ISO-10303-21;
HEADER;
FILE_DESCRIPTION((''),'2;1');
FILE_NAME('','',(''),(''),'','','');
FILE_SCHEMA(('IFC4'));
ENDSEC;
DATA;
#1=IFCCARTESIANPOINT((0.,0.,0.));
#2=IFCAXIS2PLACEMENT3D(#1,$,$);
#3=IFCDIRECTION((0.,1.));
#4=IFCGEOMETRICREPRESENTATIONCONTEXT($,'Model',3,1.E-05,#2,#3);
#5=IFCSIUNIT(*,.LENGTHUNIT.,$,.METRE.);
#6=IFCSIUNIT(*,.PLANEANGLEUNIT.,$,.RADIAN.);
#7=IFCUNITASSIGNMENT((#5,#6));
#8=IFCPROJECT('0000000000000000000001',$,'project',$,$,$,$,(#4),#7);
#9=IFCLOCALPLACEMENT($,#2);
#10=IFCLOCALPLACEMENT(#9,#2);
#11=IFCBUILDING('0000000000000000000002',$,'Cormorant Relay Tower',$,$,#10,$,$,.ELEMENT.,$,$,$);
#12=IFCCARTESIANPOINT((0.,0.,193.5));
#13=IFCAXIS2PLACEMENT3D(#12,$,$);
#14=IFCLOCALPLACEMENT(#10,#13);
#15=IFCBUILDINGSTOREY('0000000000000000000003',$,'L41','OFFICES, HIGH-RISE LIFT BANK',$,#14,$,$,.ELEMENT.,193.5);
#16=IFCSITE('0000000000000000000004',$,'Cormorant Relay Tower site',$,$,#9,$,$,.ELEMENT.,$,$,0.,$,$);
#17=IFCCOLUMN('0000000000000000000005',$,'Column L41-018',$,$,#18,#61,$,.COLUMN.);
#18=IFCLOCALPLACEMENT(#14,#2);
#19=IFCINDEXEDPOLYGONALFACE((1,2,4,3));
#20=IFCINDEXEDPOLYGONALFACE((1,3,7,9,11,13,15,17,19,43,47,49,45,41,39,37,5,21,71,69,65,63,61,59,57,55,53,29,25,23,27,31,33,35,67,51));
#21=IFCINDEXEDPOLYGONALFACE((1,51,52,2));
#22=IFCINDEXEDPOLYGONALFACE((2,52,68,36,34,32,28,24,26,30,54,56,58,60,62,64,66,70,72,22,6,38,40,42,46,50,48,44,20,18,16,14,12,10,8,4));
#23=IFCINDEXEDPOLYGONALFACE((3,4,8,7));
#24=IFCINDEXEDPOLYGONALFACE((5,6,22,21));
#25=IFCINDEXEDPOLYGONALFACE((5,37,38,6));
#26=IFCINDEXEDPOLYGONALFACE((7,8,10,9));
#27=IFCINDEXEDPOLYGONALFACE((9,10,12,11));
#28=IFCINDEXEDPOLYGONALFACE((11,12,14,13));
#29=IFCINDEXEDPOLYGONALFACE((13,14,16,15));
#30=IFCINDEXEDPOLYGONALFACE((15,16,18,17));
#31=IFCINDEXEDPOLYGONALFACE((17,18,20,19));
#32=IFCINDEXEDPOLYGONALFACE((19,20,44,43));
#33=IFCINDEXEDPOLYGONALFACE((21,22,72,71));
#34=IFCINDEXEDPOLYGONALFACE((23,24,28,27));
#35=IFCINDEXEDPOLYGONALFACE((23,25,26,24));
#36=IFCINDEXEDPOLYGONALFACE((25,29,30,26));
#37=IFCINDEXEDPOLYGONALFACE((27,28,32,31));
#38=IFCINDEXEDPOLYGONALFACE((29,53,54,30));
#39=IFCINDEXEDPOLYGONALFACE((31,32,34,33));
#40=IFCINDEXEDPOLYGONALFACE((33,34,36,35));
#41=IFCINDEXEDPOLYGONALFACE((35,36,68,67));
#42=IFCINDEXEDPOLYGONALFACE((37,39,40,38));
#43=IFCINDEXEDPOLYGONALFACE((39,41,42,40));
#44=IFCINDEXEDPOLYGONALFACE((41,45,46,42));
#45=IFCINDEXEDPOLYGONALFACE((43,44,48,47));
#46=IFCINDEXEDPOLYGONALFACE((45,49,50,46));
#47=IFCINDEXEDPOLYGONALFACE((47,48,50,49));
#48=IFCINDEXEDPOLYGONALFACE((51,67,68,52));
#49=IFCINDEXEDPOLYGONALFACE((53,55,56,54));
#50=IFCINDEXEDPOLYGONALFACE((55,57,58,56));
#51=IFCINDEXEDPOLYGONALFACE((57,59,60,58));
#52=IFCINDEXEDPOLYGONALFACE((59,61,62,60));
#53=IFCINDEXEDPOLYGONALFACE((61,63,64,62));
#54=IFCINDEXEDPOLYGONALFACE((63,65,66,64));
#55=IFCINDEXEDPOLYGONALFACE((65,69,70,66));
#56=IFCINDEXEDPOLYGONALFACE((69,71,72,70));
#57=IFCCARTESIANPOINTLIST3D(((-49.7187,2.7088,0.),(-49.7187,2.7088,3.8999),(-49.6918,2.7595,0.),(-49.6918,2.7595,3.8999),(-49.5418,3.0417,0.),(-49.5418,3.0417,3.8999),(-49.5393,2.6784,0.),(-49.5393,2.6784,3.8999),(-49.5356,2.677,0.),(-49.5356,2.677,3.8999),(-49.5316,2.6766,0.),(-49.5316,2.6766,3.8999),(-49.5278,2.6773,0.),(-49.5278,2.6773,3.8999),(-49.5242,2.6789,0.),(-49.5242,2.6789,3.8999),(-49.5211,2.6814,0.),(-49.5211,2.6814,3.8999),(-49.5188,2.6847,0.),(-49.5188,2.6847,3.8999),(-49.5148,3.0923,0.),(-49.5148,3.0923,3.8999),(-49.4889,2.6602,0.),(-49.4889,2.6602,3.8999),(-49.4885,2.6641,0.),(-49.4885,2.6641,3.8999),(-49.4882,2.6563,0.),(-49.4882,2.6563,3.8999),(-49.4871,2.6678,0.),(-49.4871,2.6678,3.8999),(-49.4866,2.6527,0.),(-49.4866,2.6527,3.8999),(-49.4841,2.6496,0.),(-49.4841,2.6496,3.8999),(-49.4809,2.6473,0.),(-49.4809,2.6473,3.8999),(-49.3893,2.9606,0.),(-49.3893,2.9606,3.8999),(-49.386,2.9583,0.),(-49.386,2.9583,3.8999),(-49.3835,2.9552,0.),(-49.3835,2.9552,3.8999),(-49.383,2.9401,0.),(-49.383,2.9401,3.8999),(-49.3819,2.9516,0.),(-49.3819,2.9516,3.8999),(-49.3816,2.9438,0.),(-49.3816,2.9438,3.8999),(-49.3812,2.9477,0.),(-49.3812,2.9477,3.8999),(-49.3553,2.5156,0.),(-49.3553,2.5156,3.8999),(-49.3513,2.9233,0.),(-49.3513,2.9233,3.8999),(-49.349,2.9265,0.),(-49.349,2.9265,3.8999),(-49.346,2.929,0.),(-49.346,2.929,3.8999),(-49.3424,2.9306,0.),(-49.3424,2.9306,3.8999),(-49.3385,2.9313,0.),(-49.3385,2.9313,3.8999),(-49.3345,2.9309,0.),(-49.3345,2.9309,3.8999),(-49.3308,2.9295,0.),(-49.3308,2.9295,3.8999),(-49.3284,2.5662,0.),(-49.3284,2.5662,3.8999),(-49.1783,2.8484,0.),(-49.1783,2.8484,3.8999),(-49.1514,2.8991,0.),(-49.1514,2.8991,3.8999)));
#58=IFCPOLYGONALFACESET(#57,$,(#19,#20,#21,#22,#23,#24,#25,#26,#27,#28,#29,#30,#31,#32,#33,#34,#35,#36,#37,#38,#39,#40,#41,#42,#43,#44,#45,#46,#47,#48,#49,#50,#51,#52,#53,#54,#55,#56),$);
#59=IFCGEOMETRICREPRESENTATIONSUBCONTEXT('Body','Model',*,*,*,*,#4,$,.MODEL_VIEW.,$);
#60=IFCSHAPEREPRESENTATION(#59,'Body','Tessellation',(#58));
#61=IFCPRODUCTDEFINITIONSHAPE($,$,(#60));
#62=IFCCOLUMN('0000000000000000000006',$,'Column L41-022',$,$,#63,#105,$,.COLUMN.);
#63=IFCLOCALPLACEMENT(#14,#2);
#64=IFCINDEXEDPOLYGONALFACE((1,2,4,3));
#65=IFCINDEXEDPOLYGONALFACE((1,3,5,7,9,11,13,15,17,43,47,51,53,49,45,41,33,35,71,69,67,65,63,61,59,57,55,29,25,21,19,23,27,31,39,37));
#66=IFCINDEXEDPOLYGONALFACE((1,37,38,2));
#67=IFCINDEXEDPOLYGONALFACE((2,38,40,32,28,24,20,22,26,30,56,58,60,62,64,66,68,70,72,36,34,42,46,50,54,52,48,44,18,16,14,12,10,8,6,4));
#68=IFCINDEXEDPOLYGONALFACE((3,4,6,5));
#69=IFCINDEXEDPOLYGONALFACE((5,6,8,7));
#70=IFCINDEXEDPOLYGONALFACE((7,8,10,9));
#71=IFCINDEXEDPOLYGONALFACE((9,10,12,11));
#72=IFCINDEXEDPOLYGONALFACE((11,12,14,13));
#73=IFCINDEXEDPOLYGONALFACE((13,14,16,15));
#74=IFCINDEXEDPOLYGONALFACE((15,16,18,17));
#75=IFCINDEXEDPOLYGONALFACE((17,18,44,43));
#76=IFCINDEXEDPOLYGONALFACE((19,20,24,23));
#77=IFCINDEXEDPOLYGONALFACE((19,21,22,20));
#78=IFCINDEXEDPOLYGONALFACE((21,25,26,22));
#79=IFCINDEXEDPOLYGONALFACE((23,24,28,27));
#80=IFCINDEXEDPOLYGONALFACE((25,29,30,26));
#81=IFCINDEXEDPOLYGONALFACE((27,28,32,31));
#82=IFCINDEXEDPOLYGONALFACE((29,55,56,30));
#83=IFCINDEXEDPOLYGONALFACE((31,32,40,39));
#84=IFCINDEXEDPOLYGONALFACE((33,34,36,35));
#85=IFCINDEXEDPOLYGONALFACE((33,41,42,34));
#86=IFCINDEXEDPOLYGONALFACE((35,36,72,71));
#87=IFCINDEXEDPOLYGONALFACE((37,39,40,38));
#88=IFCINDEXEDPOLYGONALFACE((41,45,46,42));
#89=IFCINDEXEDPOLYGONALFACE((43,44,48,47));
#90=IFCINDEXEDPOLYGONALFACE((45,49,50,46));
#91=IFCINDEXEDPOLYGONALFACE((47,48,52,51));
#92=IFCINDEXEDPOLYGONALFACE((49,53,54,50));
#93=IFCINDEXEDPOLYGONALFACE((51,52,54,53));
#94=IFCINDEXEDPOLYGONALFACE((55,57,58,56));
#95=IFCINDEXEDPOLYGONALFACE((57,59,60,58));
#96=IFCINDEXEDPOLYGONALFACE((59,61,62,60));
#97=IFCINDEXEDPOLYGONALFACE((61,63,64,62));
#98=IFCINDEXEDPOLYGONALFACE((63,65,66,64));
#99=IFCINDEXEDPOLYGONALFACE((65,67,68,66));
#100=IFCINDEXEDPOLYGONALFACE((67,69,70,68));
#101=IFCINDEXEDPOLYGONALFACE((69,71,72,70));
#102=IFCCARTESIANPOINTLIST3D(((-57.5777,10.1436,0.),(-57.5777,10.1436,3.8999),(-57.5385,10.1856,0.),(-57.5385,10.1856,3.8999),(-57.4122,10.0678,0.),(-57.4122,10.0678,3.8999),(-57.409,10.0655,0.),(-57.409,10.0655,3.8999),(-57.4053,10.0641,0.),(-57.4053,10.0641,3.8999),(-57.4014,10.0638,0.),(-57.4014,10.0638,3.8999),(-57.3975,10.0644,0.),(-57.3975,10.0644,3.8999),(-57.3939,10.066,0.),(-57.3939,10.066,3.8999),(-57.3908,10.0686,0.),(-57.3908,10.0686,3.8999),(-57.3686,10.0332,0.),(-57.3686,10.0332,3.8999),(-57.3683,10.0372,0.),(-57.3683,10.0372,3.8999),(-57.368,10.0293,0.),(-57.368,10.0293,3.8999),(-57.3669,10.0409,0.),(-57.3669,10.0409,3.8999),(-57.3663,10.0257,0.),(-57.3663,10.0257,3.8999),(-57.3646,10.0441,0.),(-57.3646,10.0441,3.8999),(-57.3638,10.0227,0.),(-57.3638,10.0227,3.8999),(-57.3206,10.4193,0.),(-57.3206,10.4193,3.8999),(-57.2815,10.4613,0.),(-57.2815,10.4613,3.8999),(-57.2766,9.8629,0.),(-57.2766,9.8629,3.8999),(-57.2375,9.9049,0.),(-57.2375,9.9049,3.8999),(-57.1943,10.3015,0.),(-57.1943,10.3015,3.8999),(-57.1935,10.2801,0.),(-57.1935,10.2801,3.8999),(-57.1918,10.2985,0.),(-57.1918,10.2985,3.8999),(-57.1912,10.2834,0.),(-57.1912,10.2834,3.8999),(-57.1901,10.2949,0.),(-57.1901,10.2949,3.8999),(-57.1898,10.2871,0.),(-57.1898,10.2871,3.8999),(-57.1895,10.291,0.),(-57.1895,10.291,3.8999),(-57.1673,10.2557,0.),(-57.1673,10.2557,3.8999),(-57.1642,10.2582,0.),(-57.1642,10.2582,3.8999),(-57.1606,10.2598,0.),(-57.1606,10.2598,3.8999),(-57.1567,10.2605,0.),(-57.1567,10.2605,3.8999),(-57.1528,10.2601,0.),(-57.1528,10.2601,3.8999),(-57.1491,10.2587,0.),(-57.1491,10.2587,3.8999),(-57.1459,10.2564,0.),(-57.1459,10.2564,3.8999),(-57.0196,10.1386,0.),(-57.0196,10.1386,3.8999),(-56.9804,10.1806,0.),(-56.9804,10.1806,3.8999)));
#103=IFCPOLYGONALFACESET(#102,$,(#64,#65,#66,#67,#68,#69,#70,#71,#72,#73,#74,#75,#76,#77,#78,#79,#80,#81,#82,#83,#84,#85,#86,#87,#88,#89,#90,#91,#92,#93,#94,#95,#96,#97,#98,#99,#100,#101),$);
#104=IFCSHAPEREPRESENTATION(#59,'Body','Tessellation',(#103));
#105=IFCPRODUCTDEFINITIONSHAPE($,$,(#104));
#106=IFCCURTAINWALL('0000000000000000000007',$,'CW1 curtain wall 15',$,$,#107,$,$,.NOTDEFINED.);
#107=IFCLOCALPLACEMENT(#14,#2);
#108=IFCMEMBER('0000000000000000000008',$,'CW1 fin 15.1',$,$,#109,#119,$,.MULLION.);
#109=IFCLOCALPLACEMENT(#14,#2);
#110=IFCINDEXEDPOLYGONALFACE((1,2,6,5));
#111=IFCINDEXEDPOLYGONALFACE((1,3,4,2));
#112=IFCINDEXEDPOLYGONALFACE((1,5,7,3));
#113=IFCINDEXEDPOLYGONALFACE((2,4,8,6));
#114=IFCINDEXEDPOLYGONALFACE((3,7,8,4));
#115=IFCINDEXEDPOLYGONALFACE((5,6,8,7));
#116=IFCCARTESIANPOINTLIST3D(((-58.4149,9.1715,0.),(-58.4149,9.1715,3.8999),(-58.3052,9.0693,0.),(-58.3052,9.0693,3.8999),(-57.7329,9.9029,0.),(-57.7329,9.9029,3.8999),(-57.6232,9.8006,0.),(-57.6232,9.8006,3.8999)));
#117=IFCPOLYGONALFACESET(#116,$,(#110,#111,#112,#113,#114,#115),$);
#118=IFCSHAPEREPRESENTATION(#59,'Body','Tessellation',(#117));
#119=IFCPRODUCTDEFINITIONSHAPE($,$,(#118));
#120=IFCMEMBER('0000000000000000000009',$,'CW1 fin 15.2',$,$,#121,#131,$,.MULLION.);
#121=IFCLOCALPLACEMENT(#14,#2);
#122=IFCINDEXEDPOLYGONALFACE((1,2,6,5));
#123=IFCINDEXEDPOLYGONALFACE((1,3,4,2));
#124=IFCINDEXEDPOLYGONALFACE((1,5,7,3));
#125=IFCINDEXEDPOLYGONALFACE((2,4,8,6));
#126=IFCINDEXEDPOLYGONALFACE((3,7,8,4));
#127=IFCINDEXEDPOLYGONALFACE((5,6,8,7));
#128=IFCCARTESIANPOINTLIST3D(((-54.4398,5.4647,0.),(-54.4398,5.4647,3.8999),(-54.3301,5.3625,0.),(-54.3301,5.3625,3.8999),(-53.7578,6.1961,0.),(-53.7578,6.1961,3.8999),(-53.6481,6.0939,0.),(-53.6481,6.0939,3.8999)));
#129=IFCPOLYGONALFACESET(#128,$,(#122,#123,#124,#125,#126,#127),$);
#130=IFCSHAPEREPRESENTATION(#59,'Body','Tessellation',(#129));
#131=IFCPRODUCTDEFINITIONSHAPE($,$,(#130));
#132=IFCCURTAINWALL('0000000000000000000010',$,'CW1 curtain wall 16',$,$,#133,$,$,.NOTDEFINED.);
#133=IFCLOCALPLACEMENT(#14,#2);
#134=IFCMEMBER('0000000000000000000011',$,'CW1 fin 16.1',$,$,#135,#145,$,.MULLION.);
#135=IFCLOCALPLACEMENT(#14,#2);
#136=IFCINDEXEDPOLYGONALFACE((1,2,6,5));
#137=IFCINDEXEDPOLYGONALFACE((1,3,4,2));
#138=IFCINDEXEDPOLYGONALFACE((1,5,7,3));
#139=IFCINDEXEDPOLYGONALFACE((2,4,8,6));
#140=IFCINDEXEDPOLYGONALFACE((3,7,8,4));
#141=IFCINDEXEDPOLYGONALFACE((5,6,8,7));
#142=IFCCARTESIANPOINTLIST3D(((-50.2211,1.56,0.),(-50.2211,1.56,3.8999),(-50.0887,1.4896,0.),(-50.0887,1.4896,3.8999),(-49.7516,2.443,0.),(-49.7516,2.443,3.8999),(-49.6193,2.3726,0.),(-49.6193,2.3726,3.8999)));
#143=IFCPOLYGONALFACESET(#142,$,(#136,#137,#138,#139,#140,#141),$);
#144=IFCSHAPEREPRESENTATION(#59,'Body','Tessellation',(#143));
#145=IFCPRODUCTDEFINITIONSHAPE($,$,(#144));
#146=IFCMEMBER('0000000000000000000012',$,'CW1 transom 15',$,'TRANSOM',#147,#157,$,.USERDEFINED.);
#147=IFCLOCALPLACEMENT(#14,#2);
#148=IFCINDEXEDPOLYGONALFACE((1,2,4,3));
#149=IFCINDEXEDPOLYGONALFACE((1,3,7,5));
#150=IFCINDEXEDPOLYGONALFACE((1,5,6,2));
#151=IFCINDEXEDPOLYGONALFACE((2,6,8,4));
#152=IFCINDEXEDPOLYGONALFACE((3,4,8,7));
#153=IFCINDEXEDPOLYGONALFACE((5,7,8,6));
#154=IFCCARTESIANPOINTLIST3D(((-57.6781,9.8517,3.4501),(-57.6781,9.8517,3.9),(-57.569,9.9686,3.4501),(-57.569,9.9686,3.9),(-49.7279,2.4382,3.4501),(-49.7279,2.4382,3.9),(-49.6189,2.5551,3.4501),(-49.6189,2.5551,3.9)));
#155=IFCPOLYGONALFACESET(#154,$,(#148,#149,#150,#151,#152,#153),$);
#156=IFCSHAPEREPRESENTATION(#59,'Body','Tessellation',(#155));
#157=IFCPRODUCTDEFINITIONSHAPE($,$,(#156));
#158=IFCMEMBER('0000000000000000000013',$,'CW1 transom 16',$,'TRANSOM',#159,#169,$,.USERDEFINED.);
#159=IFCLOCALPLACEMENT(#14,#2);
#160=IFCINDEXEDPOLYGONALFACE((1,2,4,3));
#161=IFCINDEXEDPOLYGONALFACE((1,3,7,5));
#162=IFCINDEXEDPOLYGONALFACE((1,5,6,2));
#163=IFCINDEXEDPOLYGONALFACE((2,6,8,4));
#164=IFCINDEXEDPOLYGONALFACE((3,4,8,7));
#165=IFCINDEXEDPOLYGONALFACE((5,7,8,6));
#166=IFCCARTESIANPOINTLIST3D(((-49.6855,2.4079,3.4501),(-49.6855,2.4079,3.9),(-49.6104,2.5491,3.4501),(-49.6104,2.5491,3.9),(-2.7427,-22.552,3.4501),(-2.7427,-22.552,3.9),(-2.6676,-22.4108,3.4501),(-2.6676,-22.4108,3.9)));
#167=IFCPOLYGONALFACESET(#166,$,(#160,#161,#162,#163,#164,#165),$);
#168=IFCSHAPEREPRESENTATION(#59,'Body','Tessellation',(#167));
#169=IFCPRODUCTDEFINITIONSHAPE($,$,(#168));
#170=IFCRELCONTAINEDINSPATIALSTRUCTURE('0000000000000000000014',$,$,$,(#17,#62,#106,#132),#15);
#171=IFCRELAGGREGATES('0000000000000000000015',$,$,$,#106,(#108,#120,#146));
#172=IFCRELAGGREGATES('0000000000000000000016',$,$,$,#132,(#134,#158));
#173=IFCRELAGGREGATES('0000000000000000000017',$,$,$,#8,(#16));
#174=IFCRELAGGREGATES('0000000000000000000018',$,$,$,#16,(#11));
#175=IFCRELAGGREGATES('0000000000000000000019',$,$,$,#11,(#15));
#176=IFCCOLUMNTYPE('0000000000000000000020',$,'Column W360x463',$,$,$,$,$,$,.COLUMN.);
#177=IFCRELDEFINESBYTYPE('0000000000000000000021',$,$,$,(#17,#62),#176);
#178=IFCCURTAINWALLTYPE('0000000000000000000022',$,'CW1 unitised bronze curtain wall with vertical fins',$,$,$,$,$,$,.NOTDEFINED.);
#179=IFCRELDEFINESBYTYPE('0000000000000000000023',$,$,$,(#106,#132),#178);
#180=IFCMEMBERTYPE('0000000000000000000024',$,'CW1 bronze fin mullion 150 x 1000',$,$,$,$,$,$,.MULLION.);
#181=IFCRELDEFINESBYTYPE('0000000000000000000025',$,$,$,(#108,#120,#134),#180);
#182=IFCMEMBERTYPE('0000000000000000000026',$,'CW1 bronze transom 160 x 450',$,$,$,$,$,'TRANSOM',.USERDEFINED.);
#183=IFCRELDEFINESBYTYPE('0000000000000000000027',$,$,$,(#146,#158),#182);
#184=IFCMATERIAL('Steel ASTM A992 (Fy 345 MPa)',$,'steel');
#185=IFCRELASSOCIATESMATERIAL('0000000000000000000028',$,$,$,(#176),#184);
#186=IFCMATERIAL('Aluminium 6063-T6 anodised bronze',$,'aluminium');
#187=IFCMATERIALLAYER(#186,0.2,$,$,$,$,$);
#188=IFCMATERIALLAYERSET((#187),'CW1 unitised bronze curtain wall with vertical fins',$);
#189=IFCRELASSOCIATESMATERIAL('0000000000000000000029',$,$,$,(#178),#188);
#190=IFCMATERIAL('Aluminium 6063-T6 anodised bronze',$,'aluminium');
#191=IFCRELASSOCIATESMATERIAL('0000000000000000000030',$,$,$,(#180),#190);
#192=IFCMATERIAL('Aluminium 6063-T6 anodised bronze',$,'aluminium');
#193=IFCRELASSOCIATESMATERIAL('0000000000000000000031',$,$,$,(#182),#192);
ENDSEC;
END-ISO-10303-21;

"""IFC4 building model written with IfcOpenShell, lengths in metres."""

from ifc_helpers import new_model, si_unit, direction, frame, origin, origin_2d, place, context, subcontext, project, spatial, rectangle, i_section, extrude, material, layer, layer_set, material_profile, profile_set, type_object, element, aggregate, save


model = new_model("IFC4")

# Units and contexts
model_context = context("Model", 3, precision=1e-05, world=origin(), true_north=direction((0.0, 1.0)))
body_context = subcontext(model_context, "Body", "Model", "MODEL_VIEW")
ifc_project = project(units=[si_unit("LENGTHUNIT", "METRE"), si_unit("PLANEANGLEUNIT", "RADIAN")], contexts=[model_context])

# Site, building, storey
site_placement = place(None, origin())
site = spatial("IfcSite", under=ifc_project, at=site_placement, Name="Cormorant Relay Tower site", CompositionType="ELEMENT", RefElevation=0.0)
building_placement = place(site_placement, origin())
building = spatial("IfcBuilding", under=site, at=building_placement, Name="Cormorant Relay Tower", CompositionType="ELEMENT")
storey_placement = place(building_placement, frame((0.0, 0.0, 193.5)))
storey = spatial("IfcBuildingStorey", under=building, at=storey_placement, Name="L41", Description="OFFICES, HIGH-RISE LIFT BANK", CompositionType="ELEMENT", Elevation=193.5)

# Columns
ifc_material_1 = material(Name="Steel ASTM A992 (Fy 345 MPa)", Category="steel")
ifc_material_profile_1 = material_profile(ifc_material_1, i_section(OverallWidth=0.4116, OverallDepth=0.4343, WebThickness=0.0359, FlangeThickness=0.0574, FilletRadius=0.0151, at=origin_2d()), Name="W360x463")
ifc_profile_set_1 = profile_set([ifc_material_profile_1], Name="Steel ASTM A992 (Fy 345 MPa)")
column_type = type_object("IfcColumnType", Name="Column W360x463", PredefinedType="COLUMN", material=ifc_profile_set_1)
for number, where, z_axis, x_axis, name in (
    (1, (-49.4351, 2.804, 0.0), (0.0, 0.0, 1.0), (0.882948, -0.469472, 0.0), "Column L41-018"),
    (2, (-57.2791, 10.1621, 0.0), (0.0, 0.0, 1.0), (0.731354, -0.681998, 0.0), "Column L41-022"),
):
    element("IfcColumn", number, at=place(storey_placement, frame(where, z_axis=z_axis, x_axis=x_axis)), inside=storey, type_object=column_type, Name=name, PredefinedType="COLUMN", context=body_context, shape_type="SweptSolid", body=[
        extrude(i_section(OverallWidth=0.4116, OverallDepth=0.4343, WebThickness=0.0359, FlangeThickness=0.0574, FilletRadius=0.0151, at=origin_2d()), origin(), (0.0, 0.0, 1.0), 3.8999),
    ])

# Curtain wall, members
ifc_material_2 = material(Name="Aluminium 6063-T6 anodised bronze", Category="aluminium")
ifc_layer_1 = layer(ifc_material_2, 0.2)
ifc_layer_set_1 = layer_set([ifc_layer_1], Name="CW1 unitised bronze curtain wall with vertical fins")
curtain_wall_type = type_object("IfcCurtainWallType", Name="CW1 unitised bronze curtain wall with vertical fins", PredefinedType="NOTDEFINED", material=ifc_layer_set_1)
curtain_wall_1_placement = place(storey_placement, origin())
curtain_wall_1 = element("IfcCurtainWall", 3, at=curtain_wall_1_placement, inside=storey, type_object=curtain_wall_type, Name="CW1 curtain wall 15", PredefinedType="NOTDEFINED")
ifc_material_3 = material(Name="Aluminium 6063-T6 anodised bronze", Category="aluminium")
ifc_material_profile_2 = material_profile(ifc_material_3, rectangle(XDim=0.1499, YDim=1.0, at=origin_2d()), Name="AL 150x1000")
ifc_profile_set_2 = profile_set([ifc_material_profile_2], Name="Aluminium 6063-T6 anodised bronze")
member_type_1 = type_object("IfcMemberType", Name="CW1 bronze fin mullion 150 x 1000", PredefinedType="MULLION", material=ifc_profile_set_2)
member_1_placement = place(storey_placement, frame((-58.019, 9.4861, 0.0), z_axis=(0.0, 0.0, 1.0), x_axis=(0.731354, -0.681998, 0.0)))
member_1 = element("IfcMember", 4, at=member_1_placement, type_object=member_type_1, Name="CW1 fin 15.1", PredefinedType="MULLION", context=body_context, shape_type="SweptSolid", body=[
    extrude(rectangle(XDim=0.1499, YDim=1.0, at=origin_2d()), origin(), (0.0, 0.0, 1.0), 3.8999),
])
member_2_placement = place(storey_placement, frame((-54.0439, 5.7793, 0.0), z_axis=(0.0, 0.0, 1.0), x_axis=(0.731354, -0.681998, 0.0)))
member_2 = element("IfcMember", 5, at=member_2_placement, type_object=member_type_1, Name="CW1 fin 15.2", PredefinedType="MULLION", context=body_context, shape_type="SweptSolid", body=[
    extrude(rectangle(XDim=0.1499, YDim=1.0, at=origin_2d()), origin(), (0.0, 0.0, 1.0), 3.8999),
])

# Curtain wall, member
curtain_wall_2_placement = place(storey_placement, origin())
curtain_wall_2 = element("IfcCurtainWall", 6, at=curtain_wall_2_placement, inside=storey, type_object=curtain_wall_type, Name="CW1 curtain wall 16", PredefinedType="NOTDEFINED")
member_3_placement = place(storey_placement, frame((-49.9202, 1.9663, 0.0), z_axis=(0.0, 0.0, 1.0), x_axis=(0.882948, -0.469472, 0.0)))
member_3 = element("IfcMember", 7, at=member_3_placement, type_object=member_type_1, Name="CW1 fin 16.1", PredefinedType="MULLION", context=body_context, shape_type="SweptSolid", body=[
    extrude(rectangle(XDim=0.1499, YDim=1.0, at=origin_2d()), origin(), (0.0, 0.0, 1.0), 3.8999),
])

# Members
ifc_material_4 = material(Name="Aluminium 6063-T6 anodised bronze", Category="aluminium")
ifc_material_profile_3 = material_profile(ifc_material_4, rectangle(XDim=0.1599, YDim=0.45, at=origin_2d()), Name="AL 160x450")
ifc_profile_set_3 = profile_set([ifc_material_profile_3], Name="Aluminium 6063-T6 anodised bronze")
member_type_2 = type_object("IfcMemberType", Name="CW1 bronze transom 160 x 450", ElementType="TRANSOM", PredefinedType="USERDEFINED", material=ifc_profile_set_3)
member_4_placement = place(storey_placement, frame((-57.6235, 9.9102, 3.675), z_axis=(0.731358, -0.681993, 0.0), x_axis=(0.681993, 0.731358, 0.0)))
member_4 = element("IfcMember", 8, at=member_4_placement, type_object=member_type_2, Name="CW1 transom 15", ObjectType="TRANSOM", PredefinedType="USERDEFINED", context=body_context, shape_type="SweptSolid", body=[
    extrude(rectangle(XDim=0.1599, YDim=0.45, at=origin_2d()), origin(), (0.0, 0.0, 1.0), 10.8704),
])
member_5_placement = place(storey_placement, frame((-49.6479, 2.4785, 3.675), z_axis=(0.882948, -0.469471, 0.0), x_axis=(0.469471, 0.882948, 0.0)))
member_5 = element("IfcMember", 9, at=member_5_placement, type_object=member_type_2, Name="CW1 transom 16", ObjectType="TRANSOM", PredefinedType="USERDEFINED", context=body_context, shape_type="SweptSolid", body=[
    extrude(rectangle(XDim=0.1599, YDim=0.45, at=origin_2d()), origin(), (0.0, 0.0, 1.0), 53.166),
])

aggregate(curtain_wall_1, [member_1, member_2, member_4])
aggregate(curtain_wall_2, [member_3, member_5])

save(model, "model.ifc")
